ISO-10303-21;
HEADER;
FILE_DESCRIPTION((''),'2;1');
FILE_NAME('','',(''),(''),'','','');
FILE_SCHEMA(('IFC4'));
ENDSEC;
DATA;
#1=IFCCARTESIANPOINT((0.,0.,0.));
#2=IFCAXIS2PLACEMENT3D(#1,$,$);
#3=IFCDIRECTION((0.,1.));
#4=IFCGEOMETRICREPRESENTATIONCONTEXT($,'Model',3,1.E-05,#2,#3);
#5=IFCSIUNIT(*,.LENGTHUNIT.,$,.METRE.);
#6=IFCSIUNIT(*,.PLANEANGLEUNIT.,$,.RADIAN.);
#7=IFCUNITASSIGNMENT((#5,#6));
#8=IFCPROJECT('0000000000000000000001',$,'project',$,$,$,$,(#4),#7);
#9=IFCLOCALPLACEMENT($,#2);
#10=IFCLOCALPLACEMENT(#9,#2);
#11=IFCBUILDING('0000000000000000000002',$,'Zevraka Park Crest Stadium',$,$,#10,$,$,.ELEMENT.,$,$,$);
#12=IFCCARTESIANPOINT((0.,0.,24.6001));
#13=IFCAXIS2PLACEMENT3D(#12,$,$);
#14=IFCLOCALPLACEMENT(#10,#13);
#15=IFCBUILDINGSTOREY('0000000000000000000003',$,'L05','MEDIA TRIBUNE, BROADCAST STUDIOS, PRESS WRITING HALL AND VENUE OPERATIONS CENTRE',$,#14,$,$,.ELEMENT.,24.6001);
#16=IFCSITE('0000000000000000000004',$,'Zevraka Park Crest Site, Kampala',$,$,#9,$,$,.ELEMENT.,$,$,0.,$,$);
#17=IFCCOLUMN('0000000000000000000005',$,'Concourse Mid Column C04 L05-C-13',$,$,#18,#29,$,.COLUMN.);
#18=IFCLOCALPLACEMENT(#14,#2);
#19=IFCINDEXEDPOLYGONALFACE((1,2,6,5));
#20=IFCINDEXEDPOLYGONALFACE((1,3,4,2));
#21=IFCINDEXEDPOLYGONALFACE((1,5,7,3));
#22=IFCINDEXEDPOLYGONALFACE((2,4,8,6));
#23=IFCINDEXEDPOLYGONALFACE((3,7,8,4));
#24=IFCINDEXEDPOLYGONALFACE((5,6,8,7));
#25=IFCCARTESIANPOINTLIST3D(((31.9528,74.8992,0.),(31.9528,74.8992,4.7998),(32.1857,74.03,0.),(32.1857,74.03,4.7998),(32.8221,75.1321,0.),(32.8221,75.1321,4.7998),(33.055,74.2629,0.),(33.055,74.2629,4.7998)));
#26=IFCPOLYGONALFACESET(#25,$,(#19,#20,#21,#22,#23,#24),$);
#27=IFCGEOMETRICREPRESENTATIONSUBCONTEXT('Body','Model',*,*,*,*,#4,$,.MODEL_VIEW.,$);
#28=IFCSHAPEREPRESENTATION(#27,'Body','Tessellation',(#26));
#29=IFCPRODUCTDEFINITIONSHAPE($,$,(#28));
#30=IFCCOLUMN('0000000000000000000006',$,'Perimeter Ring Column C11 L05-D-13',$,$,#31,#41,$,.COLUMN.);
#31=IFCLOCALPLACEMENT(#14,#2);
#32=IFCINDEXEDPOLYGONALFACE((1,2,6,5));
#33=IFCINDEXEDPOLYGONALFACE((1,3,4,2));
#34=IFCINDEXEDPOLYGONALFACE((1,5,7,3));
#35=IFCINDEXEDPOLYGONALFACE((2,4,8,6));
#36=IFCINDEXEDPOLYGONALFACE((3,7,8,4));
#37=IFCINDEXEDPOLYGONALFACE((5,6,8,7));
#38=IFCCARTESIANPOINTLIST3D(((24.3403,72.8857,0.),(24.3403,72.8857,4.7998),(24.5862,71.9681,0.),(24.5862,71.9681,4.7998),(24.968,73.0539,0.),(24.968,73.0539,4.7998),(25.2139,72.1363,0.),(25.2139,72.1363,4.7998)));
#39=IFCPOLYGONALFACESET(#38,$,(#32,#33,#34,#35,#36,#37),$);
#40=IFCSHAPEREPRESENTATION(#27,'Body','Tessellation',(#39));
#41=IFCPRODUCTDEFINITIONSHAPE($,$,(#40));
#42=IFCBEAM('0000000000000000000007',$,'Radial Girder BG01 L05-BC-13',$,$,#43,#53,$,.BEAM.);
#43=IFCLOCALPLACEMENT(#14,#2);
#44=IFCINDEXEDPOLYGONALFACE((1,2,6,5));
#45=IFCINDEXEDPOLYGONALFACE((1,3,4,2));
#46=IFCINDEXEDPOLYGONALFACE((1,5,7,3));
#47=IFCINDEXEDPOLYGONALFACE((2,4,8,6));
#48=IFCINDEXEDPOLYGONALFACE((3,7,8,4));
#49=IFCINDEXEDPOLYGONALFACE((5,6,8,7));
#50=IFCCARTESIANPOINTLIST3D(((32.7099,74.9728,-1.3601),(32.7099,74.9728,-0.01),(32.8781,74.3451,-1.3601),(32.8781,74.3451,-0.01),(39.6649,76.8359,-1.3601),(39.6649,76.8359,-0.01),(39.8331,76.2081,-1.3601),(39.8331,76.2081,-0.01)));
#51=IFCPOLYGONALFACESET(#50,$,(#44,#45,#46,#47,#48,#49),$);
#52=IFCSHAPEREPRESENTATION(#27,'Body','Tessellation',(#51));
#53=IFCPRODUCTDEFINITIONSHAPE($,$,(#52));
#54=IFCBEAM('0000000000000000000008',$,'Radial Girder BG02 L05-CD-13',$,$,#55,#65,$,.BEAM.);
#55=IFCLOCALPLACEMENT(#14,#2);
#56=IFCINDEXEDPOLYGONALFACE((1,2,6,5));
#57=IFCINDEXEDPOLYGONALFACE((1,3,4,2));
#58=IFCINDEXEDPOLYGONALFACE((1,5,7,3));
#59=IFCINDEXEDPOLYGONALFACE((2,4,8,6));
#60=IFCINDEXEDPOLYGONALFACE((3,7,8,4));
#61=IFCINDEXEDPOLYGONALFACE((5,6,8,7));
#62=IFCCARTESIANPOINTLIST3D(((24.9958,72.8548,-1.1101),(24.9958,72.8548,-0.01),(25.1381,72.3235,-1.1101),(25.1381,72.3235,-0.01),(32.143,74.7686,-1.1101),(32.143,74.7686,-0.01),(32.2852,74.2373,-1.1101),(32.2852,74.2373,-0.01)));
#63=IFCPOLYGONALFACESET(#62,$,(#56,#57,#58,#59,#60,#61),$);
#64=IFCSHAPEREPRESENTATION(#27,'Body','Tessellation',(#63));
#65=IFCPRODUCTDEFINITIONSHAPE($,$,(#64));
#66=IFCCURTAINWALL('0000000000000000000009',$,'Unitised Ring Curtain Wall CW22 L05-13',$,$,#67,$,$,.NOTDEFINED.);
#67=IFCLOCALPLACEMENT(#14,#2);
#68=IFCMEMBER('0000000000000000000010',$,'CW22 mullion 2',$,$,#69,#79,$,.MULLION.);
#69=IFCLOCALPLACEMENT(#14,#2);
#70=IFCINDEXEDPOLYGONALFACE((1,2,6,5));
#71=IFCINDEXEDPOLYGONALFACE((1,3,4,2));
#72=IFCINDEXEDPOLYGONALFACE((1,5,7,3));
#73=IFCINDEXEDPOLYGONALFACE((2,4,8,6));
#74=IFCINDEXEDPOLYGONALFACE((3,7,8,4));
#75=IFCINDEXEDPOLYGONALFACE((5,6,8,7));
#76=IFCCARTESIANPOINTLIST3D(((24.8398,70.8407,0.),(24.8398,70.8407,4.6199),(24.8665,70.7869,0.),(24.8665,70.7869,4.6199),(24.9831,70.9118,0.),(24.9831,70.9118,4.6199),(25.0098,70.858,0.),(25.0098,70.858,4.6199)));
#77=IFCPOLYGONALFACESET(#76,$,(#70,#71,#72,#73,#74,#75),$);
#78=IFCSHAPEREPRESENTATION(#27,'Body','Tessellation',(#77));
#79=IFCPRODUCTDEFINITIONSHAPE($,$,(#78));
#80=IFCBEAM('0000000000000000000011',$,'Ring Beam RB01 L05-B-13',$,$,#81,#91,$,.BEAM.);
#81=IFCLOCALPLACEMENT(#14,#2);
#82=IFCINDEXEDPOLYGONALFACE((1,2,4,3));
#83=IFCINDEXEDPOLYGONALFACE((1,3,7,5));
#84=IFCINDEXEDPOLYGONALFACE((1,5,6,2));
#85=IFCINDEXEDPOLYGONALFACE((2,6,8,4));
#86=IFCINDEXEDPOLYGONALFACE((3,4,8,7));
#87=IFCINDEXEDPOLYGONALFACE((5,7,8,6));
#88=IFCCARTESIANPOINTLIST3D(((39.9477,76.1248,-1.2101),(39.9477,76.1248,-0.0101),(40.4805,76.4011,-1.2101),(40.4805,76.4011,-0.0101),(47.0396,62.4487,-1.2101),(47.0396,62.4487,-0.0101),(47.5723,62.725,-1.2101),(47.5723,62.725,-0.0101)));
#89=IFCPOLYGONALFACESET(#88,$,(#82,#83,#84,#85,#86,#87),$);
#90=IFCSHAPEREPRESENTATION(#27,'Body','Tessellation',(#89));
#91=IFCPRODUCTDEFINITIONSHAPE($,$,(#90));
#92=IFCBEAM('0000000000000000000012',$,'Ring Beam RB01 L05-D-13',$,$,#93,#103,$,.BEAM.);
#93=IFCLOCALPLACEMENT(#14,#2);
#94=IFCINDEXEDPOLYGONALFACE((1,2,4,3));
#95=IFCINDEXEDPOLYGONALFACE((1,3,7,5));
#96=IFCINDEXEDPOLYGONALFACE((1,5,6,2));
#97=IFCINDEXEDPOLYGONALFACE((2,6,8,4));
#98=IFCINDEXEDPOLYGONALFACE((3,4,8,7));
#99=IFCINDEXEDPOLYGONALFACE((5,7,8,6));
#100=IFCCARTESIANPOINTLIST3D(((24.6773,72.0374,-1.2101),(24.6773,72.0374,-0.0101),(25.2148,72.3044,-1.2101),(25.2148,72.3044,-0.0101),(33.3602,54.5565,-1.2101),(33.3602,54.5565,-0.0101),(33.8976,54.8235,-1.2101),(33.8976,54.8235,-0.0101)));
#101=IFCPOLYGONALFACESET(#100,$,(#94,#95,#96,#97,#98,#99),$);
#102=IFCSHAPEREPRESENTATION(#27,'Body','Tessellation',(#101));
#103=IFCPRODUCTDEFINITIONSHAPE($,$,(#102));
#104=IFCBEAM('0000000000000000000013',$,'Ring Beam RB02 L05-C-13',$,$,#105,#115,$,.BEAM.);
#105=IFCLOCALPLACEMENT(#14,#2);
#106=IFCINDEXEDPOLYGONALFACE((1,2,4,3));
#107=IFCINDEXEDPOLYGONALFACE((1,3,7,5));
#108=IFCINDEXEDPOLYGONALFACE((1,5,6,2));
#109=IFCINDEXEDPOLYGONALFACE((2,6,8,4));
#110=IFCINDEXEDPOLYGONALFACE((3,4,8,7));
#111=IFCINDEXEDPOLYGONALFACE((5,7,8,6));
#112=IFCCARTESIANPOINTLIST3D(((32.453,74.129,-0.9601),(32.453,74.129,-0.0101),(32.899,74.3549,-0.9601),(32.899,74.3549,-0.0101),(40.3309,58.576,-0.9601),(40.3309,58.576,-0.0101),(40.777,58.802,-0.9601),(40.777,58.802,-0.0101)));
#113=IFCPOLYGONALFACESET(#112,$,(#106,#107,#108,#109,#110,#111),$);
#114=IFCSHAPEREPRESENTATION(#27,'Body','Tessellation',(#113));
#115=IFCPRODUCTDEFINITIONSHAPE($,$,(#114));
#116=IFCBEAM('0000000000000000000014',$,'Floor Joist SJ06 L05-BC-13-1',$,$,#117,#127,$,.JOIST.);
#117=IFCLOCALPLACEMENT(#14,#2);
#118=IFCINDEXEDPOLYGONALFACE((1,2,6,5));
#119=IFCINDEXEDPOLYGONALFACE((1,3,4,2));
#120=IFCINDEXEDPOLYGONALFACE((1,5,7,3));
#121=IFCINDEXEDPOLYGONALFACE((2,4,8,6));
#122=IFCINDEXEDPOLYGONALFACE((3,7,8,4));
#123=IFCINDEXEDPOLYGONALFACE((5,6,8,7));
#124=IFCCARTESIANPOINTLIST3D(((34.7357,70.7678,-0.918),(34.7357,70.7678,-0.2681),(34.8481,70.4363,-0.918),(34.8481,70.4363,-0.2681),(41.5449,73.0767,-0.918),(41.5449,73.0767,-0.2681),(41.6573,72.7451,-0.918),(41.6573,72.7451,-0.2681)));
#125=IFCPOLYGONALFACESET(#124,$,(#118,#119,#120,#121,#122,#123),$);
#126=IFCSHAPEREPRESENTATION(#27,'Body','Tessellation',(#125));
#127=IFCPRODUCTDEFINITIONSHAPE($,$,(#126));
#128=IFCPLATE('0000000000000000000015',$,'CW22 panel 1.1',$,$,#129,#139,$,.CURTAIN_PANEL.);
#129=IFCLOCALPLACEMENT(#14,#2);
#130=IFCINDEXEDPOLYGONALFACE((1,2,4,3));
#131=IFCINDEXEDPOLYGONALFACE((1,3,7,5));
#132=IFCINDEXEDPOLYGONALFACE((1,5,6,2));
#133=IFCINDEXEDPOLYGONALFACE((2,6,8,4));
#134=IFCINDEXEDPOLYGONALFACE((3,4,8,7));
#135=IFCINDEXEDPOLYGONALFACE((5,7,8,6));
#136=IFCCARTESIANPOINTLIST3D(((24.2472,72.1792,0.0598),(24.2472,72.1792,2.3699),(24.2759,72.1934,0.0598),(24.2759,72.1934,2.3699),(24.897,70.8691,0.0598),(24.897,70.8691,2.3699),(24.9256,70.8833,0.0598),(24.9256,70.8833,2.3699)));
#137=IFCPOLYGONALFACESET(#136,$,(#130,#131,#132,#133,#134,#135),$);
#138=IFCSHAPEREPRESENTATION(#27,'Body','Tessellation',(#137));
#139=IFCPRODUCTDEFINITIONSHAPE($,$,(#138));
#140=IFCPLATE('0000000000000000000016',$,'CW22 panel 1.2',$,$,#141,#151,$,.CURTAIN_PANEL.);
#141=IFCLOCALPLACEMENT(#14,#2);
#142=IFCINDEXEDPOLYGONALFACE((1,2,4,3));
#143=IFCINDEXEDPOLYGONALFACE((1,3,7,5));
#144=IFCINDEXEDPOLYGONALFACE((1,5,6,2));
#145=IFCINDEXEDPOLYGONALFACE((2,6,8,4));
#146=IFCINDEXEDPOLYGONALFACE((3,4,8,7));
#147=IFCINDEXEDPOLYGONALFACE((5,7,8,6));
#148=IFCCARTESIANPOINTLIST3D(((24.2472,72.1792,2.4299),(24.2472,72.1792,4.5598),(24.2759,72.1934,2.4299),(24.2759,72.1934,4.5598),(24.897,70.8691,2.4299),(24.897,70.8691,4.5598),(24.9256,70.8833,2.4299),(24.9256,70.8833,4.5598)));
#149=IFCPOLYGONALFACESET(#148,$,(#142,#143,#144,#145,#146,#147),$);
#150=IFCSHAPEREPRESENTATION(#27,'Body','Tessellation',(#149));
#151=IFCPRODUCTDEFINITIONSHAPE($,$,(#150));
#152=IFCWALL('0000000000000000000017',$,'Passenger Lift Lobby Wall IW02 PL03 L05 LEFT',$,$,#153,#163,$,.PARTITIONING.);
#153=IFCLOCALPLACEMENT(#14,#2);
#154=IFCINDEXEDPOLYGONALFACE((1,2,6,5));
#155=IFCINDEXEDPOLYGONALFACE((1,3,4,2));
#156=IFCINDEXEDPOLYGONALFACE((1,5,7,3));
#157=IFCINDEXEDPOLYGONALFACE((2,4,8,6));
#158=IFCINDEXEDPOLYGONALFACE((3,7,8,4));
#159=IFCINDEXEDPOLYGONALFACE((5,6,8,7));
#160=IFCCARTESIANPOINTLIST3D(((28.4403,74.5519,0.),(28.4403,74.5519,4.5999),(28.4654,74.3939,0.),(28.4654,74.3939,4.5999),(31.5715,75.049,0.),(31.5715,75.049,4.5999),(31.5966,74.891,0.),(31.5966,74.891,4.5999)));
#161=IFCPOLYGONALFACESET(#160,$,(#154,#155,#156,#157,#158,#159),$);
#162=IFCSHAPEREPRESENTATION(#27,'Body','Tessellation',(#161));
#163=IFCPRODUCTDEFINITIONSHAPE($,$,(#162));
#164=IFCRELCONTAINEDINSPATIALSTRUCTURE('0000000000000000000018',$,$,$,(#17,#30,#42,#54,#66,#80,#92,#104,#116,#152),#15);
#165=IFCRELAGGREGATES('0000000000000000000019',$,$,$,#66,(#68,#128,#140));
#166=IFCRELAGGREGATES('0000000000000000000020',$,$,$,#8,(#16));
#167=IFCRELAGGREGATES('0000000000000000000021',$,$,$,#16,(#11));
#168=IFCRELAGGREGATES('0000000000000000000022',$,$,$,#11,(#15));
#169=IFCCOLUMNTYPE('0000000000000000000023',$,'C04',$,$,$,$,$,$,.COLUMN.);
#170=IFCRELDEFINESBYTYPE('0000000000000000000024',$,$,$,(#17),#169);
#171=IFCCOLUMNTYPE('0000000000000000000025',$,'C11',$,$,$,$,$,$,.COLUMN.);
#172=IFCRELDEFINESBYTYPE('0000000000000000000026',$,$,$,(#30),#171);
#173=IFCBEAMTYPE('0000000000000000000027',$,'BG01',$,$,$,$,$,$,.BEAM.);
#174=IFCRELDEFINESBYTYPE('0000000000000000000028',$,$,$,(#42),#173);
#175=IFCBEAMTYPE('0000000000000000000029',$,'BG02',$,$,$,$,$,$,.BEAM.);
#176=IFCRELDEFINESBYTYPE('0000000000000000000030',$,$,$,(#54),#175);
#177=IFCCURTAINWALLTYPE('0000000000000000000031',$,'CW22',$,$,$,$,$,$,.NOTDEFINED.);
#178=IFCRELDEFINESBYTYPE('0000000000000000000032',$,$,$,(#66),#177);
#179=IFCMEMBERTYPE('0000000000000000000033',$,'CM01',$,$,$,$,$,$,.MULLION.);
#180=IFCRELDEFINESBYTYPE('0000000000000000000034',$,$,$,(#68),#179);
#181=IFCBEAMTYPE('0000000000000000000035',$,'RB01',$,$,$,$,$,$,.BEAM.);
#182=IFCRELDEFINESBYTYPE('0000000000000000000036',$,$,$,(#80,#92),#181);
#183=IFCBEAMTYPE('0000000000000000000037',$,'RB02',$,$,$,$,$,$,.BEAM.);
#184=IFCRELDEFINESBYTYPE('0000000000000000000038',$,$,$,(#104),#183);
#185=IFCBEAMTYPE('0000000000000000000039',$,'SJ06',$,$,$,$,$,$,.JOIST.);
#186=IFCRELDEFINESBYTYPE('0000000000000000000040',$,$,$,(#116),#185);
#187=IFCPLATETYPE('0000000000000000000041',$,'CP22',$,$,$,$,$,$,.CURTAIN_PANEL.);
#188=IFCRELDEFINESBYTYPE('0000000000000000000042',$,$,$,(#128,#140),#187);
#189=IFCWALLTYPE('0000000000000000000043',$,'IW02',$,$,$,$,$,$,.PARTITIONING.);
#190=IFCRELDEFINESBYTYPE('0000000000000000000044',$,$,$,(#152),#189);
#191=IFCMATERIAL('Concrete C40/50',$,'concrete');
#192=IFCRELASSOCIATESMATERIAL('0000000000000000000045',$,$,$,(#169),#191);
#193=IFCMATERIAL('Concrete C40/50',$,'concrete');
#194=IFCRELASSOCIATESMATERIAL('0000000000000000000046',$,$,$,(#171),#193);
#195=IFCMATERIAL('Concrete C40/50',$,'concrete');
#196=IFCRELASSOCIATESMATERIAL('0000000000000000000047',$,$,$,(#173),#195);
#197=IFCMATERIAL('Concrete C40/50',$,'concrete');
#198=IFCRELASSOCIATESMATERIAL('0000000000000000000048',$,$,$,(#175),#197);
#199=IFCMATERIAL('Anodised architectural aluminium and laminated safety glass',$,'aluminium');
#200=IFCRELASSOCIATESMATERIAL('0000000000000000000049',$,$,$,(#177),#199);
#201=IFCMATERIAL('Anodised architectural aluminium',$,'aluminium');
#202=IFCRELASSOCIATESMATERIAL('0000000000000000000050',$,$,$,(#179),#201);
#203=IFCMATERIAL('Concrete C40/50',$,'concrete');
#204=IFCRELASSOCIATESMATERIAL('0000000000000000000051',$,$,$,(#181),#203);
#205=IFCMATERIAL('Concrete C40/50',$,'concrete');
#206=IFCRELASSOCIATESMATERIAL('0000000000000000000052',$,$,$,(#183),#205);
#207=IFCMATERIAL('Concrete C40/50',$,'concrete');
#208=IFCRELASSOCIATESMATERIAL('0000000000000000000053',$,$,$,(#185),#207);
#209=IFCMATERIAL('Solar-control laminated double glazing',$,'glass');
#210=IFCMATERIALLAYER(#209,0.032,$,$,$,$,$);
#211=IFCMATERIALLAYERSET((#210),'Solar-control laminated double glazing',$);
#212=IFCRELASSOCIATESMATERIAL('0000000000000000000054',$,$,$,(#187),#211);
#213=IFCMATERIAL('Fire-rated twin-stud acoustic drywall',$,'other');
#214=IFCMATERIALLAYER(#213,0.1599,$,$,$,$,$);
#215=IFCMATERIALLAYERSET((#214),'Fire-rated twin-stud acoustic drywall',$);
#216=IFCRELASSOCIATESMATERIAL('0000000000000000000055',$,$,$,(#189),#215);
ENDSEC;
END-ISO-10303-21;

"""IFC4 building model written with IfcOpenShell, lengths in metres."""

from ifc_helpers import new_model, si_unit, direction, frame, frame_2d, origin, origin_2d, place, context, subcontext, project, spatial, rectangle, extrude, material, layer, layer_set, material_profile, profile_set, type_object, element, aggregate, save


model = new_model("IFC4")

# Units and contexts
model_context = context("Model", 3, precision=1e-05, world=origin(), true_north=direction((0.0, 1.0)))
body_context = subcontext(model_context, "Body", "Model", "MODEL_VIEW")
ifc_project = project(units=[si_unit("LENGTHUNIT", "METRE"), si_unit("PLANEANGLEUNIT", "RADIAN")], contexts=[model_context])

# Site, building, storey
site_placement = place(None, origin())
site = spatial("IfcSite", under=ifc_project, at=site_placement, Name="Zevraka Park Crest Site, Kampala", CompositionType="ELEMENT", RefElevation=0.0)
building_placement = place(site_placement, origin())
building = spatial("IfcBuilding", under=site, at=building_placement, Name="Zevraka Park Crest Stadium", CompositionType="ELEMENT")
storey_placement = place(building_placement, frame((0.0, 0.0, 24.6001)))
storey = spatial("IfcBuildingStorey", under=building, at=storey_placement, Name="L05", Description="MEDIA TRIBUNE, BROADCAST STUDIOS, PRESS WRITING HALL AND VENUE OPERATIONS CENTRE", CompositionType="ELEMENT", Elevation=24.6001)

# Columns
ifc_material_1 = material(Name="Concrete C40/50", Category="concrete")
ifc_material_profile_1 = material_profile(ifc_material_1, rectangle(XDim=0.8999, YDim=0.8999, at=origin_2d()), Name="RC 900x900")
ifc_profile_set_1 = profile_set([ifc_material_profile_1], Name="Concrete C40/50")
column_type_1 = type_object("IfcColumnType", Name="C04", PredefinedType="COLUMN", material=ifc_profile_set_1)
column_1_placement = place(storey_placement, frame((32.5039, 74.5811, 0.0), z_axis=(0.0, 0.0, 1.0), x_axis=(0.965926, 0.258819, 0.0)))
element("IfcColumn", 1, at=column_1_placement, inside=storey, type_object=column_type_1, Name="Concourse Mid Column C04 L05-C-13", PredefinedType="COLUMN", context=body_context, shape_type="SweptSolid", body=[
    extrude(rectangle(XDim=0.8999, YDim=0.8999, at=origin_2d()), origin(), (0.0, 0.0, 1.0), 4.7998),
])
ifc_material_2 = material(Name="Concrete C40/50", Category="concrete")
ifc_material_profile_2 = material_profile(ifc_material_2, rectangle(XDim=0.6499, YDim=0.95, at=origin_2d()), Name="RC 950x650")
ifc_profile_set_2 = profile_set([ifc_material_profile_2], Name="Concrete C40/50")
column_type_2 = type_object("IfcColumnType", Name="C11", PredefinedType="COLUMN", material=ifc_profile_set_2)
column_2_placement = place(storey_placement, frame((24.7771, 72.511, 0.0), z_axis=(0.0, 0.0, 1.0), x_axis=(0.965926, 0.258819, 0.0)))
element("IfcColumn", 2, at=column_2_placement, inside=storey, type_object=column_type_2, Name="Perimeter Ring Column C11 L05-D-13", PredefinedType="COLUMN", context=body_context, shape_type="SweptSolid", body=[
    extrude(rectangle(XDim=0.6499, YDim=0.95, at=origin_2d()), origin(), (0.0, 0.0, 1.0), 4.7998),
])

# Beams
ifc_material_3 = material(Name="Concrete C40/50", Category="concrete")
ifc_material_profile_3 = material_profile(ifc_material_3, rectangle(XDim=0.6499, YDim=1.3501, at=origin_2d()), Name="RC 1350x650")
ifc_profile_set_3 = profile_set([ifc_material_profile_3], Name="Concrete C40/50")
beam_type_1 = type_object("IfcBeamType", Name="BG01", PredefinedType="BEAM", material=ifc_profile_set_3)
beam_1_placement = place(storey_placement, frame((39.749, 76.522, -0.6851), z_axis=(-0.965946, -0.258745, 0.0), x_axis=(0.258745, -0.965946, 0.0)))
element("IfcBeam", 3, at=beam_1_placement, inside=storey, type_object=beam_type_1, Name="Radial Girder BG01 L05-BC-13", PredefinedType="BEAM", context=body_context, shape_type="SweptSolid", body=[
    extrude(rectangle(XDim=0.6499, YDim=1.3501, at=origin_2d()), origin(), (0.0, 0.0, 1.0), 7.2002),
])
ifc_material_4 = material(Name="Concrete C40/50", Category="concrete")
ifc_material_profile_4 = material_profile(ifc_material_4, rectangle(XDim=0.55, YDim=1.1001, at=origin_2d()), Name="RC 1100x550")
ifc_profile_set_4 = profile_set([ifc_material_profile_4], Name="Concrete C40/50")
beam_type_2 = type_object("IfcBeamType", Name="BG02", PredefinedType="BEAM", material=ifc_profile_set_4)
beam_2_placement = place(storey_placement, frame((32.2141, 74.5029, -0.5601), z_axis=(-0.965969, -0.258659, 0.0), x_axis=(0.258659, -0.965969, 0.0)))
element("IfcBeam", 4, at=beam_2_placement, inside=storey, type_object=beam_type_2, Name="Radial Girder BG02 L05-CD-13", PredefinedType="BEAM", context=body_context, shape_type="SweptSolid", body=[
    extrude(rectangle(XDim=0.55, YDim=1.1001, at=origin_2d()), origin(), (0.0, 0.0, 1.0), 7.3989),
])

# Curtain wall, member
ifc_material_5 = material(Name="Anodised architectural aluminium and laminated safety glass", Category="aluminium")
curtain_wall_type = type_object("IfcCurtainWallType", Name="CW22", PredefinedType="NOTDEFINED", material=ifc_material_5)
curtain_wall_placement = place(storey_placement, origin())
curtain_wall = element("IfcCurtainWall", 5, at=curtain_wall_placement, inside=storey, type_object=curtain_wall_type, Name="Unitised Ring Curtain Wall CW22 L05-13", PredefinedType="NOTDEFINED")
ifc_material_6 = material(Name="Anodised architectural aluminium", Category="aluminium")
ifc_material_profile_5 = material_profile(ifc_material_6, rectangle(XDim=0.1599, YDim=0.0601, at=origin_2d()), Name="ALU MULLION 160x60")
ifc_profile_set_5 = profile_set([ifc_material_profile_5], Name="Anodised architectural aluminium")
member_type = type_object("IfcMemberType", Name="CM01", PredefinedType="MULLION", material=ifc_profile_set_5)
member_placement = place(storey_placement, frame((24.9248, 70.8494, 0.0), z_axis=(0.0, 0.0, 1.0), x_axis=(0.895879, 0.444297, 0.0)))
member = element("IfcMember", 6, at=member_placement, type_object=member_type, Name="CW22 mullion 2", PredefinedType="MULLION", context=body_context, shape_type="SweptSolid", body=[
    extrude(rectangle(XDim=0.1599, YDim=0.0601, at=origin_2d()), origin(), (0.0, 0.0, 1.0), 4.6199),
])

# Beams
ifc_material_7 = material(Name="Concrete C40/50", Category="concrete")
ifc_material_profile_6 = material_profile(ifc_material_7, rectangle(XDim=0.6001, YDim=1.2, at=origin_2d()), Name="RC 1200x600")
ifc_profile_set_6 = profile_set([ifc_material_profile_6], Name="Concrete C40/50")
beam_type_3 = type_object("IfcBeamType", Name="RB01", PredefinedType="BEAM", material=ifc_profile_set_6)
beam_3_placement = place(storey_placement, frame((40.2141, 76.2629, -0.6101), z_axis=(0.460344, -0.887741, 0.0), x_axis=(0.887741, 0.460344, 0.0)))
element("IfcBeam", 7, at=beam_3_placement, inside=storey, type_object=beam_type_3, Name="Ring Beam RB01 L05-B-13", PredefinedType="BEAM", context=body_context, shape_type="SweptSolid", body=[
    extrude(rectangle(XDim=0.6001, YDim=1.2, at=origin_2d()), origin(), (0.0, 0.0, 1.0), 15.4055),
])
beam_4_placement = place(storey_placement, frame((24.946, 72.1709, -0.6101), z_axis=(0.444851, -0.895605, 0.0), x_axis=(0.895605, 0.444851, 0.0)))
element("IfcBeam", 8, at=beam_4_placement, inside=storey, type_object=beam_type_3, Name="Ring Beam RB01 L05-D-13", PredefinedType="BEAM", context=body_context, shape_type="SweptSolid", body=[
    extrude(rectangle(XDim=0.6001, YDim=1.2, at=origin_2d()), origin(), (0.0, 0.0, 1.0), 19.5186),
])
ifc_material_8 = material(Name="Concrete C40/50", Category="concrete")
ifc_material_profile_7 = material_profile(ifc_material_8, rectangle(XDim=0.5, YDim=0.95, at=origin_2d()), Name="RC 950x500")
ifc_profile_set_7 = profile_set([ifc_material_profile_7], Name="Concrete C40/50")
beam_type_4 = type_object("IfcBeamType", Name="RB02", PredefinedType="BEAM", material=ifc_profile_set_7)
beam_5_placement = place(storey_placement, frame((32.676, 74.2419, -0.4851), z_axis=(0.451862, -0.892088, 0.0), x_axis=(0.892088, 0.451862, 0.0)))
element("IfcBeam", 9, at=beam_5_placement, inside=storey, type_object=beam_type_4, Name="Ring Beam RB02 L05-C-13", PredefinedType="BEAM", context=body_context, shape_type="SweptSolid", body=[
    extrude(rectangle(XDim=0.5, YDim=0.95, at=origin_2d()), origin(), (0.0, 0.0, 1.0), 17.4343),
])
ifc_material_9 = material(Name="Concrete C40/50", Category="concrete")
ifc_material_profile_8 = material_profile(ifc_material_9, rectangle(XDim=0.3501, YDim=0.6499, at=origin_2d()), Name="RC 650x350")
ifc_profile_set_8 = profile_set([ifc_material_profile_8], Name="Concrete C40/50")
beam_type_5 = type_object("IfcBeamType", Name="SJ06", PredefinedType="JOIST", material=ifc_profile_set_8)
beam_6_placement = place(storey_placement, frame((41.6011, 72.9109, -0.593), z_axis=(-0.947037, -0.321123, 0.0), x_axis=(0.321123, -0.947037, 0.0)))
element("IfcBeam", 10, at=beam_6_placement, inside=storey, type_object=beam_type_5, Name="Floor Joist SJ06 L05-BC-13-1", PredefinedType="JOIST", context=body_context, shape_type="SweptSolid", body=[
    extrude(rectangle(XDim=0.3501, YDim=0.6499, at=origin_2d()), origin(), (0.0, 0.0, 1.0), 7.1899),
])

# Plates
ifc_material_10 = material(Name="Solar-control laminated double glazing", Category="glass")
ifc_layer_1 = layer(ifc_material_10, 0.032)
ifc_layer_set_1 = layer_set([ifc_layer_1], Name="Solar-control laminated double glazing")
plate_type = type_object("IfcPlateType", Name="CP22", PredefinedType="CURTAIN_PANEL", material=ifc_layer_set_1)
plate_1_placement = place(storey_placement, frame((24.5864, 71.5312, 0.0598), z_axis=(0.0, 0.0, 1.0), x_axis=(0.444297, -0.895879, 0.0)))
plate_1 = element("IfcPlate", 11, at=plate_1_placement, type_object=plate_type, Name="CW22 panel 1.1", PredefinedType="CURTAIN_PANEL", context=body_context, shape_type="SweptSolid", body=[
    extrude(rectangle(XDim=1.4624, YDim=0.032, at=origin_2d()), origin(), (0.0, 0.0, 1.0), 2.3101),
])
plate_2_placement = place(storey_placement, frame((24.5864, 71.5312, 2.4299), z_axis=(0.0, 0.0, 1.0), x_axis=(0.444297, -0.895879, 0.0)))
plate_2 = element("IfcPlate", 12, at=plate_2_placement, type_object=plate_type, Name="CW22 panel 1.2", PredefinedType="CURTAIN_PANEL", context=body_context, shape_type="SweptSolid", body=[
    extrude(rectangle(XDim=1.4624, YDim=0.032, at=origin_2d()), origin(), (0.0, 0.0, 1.0), 2.1299),
])
aggregate(curtain_wall, [member, plate_1, plate_2])

# Wall
ifc_material_11 = material(Name="Fire-rated twin-stud acoustic drywall", Category="other")
ifc_layer_2 = layer(ifc_material_11, 0.1599)
ifc_layer_set_2 = layer_set([ifc_layer_2], Name="Fire-rated twin-stud acoustic drywall")
wall_type_1 = type_object("IfcWallType", Name="IW02", PredefinedType="PARTITIONING", material=ifc_layer_set_2)
wall_1_placement = place(storey_placement, frame((28.4529, 74.4729, 0.0), z_axis=(0.0, 0.0, 1.0), x_axis=(0.987632, 0.156789, 0.0)))
element("IfcWall", 13, at=wall_1_placement, inside=storey, type_object=wall_type_1, Name="Passenger Lift Lobby Wall IW02 PL03 L05 LEFT", PredefinedType="PARTITIONING", context=body_context, shape_type="SweptSolid", body=[
    extrude(rectangle(XDim=3.1704, YDim=0.1599, at=frame_2d((1.5852, 0.0))), origin(), (0.0, 0.0, 1.0), 4.5999),
])

save(model, "model.ifc")
